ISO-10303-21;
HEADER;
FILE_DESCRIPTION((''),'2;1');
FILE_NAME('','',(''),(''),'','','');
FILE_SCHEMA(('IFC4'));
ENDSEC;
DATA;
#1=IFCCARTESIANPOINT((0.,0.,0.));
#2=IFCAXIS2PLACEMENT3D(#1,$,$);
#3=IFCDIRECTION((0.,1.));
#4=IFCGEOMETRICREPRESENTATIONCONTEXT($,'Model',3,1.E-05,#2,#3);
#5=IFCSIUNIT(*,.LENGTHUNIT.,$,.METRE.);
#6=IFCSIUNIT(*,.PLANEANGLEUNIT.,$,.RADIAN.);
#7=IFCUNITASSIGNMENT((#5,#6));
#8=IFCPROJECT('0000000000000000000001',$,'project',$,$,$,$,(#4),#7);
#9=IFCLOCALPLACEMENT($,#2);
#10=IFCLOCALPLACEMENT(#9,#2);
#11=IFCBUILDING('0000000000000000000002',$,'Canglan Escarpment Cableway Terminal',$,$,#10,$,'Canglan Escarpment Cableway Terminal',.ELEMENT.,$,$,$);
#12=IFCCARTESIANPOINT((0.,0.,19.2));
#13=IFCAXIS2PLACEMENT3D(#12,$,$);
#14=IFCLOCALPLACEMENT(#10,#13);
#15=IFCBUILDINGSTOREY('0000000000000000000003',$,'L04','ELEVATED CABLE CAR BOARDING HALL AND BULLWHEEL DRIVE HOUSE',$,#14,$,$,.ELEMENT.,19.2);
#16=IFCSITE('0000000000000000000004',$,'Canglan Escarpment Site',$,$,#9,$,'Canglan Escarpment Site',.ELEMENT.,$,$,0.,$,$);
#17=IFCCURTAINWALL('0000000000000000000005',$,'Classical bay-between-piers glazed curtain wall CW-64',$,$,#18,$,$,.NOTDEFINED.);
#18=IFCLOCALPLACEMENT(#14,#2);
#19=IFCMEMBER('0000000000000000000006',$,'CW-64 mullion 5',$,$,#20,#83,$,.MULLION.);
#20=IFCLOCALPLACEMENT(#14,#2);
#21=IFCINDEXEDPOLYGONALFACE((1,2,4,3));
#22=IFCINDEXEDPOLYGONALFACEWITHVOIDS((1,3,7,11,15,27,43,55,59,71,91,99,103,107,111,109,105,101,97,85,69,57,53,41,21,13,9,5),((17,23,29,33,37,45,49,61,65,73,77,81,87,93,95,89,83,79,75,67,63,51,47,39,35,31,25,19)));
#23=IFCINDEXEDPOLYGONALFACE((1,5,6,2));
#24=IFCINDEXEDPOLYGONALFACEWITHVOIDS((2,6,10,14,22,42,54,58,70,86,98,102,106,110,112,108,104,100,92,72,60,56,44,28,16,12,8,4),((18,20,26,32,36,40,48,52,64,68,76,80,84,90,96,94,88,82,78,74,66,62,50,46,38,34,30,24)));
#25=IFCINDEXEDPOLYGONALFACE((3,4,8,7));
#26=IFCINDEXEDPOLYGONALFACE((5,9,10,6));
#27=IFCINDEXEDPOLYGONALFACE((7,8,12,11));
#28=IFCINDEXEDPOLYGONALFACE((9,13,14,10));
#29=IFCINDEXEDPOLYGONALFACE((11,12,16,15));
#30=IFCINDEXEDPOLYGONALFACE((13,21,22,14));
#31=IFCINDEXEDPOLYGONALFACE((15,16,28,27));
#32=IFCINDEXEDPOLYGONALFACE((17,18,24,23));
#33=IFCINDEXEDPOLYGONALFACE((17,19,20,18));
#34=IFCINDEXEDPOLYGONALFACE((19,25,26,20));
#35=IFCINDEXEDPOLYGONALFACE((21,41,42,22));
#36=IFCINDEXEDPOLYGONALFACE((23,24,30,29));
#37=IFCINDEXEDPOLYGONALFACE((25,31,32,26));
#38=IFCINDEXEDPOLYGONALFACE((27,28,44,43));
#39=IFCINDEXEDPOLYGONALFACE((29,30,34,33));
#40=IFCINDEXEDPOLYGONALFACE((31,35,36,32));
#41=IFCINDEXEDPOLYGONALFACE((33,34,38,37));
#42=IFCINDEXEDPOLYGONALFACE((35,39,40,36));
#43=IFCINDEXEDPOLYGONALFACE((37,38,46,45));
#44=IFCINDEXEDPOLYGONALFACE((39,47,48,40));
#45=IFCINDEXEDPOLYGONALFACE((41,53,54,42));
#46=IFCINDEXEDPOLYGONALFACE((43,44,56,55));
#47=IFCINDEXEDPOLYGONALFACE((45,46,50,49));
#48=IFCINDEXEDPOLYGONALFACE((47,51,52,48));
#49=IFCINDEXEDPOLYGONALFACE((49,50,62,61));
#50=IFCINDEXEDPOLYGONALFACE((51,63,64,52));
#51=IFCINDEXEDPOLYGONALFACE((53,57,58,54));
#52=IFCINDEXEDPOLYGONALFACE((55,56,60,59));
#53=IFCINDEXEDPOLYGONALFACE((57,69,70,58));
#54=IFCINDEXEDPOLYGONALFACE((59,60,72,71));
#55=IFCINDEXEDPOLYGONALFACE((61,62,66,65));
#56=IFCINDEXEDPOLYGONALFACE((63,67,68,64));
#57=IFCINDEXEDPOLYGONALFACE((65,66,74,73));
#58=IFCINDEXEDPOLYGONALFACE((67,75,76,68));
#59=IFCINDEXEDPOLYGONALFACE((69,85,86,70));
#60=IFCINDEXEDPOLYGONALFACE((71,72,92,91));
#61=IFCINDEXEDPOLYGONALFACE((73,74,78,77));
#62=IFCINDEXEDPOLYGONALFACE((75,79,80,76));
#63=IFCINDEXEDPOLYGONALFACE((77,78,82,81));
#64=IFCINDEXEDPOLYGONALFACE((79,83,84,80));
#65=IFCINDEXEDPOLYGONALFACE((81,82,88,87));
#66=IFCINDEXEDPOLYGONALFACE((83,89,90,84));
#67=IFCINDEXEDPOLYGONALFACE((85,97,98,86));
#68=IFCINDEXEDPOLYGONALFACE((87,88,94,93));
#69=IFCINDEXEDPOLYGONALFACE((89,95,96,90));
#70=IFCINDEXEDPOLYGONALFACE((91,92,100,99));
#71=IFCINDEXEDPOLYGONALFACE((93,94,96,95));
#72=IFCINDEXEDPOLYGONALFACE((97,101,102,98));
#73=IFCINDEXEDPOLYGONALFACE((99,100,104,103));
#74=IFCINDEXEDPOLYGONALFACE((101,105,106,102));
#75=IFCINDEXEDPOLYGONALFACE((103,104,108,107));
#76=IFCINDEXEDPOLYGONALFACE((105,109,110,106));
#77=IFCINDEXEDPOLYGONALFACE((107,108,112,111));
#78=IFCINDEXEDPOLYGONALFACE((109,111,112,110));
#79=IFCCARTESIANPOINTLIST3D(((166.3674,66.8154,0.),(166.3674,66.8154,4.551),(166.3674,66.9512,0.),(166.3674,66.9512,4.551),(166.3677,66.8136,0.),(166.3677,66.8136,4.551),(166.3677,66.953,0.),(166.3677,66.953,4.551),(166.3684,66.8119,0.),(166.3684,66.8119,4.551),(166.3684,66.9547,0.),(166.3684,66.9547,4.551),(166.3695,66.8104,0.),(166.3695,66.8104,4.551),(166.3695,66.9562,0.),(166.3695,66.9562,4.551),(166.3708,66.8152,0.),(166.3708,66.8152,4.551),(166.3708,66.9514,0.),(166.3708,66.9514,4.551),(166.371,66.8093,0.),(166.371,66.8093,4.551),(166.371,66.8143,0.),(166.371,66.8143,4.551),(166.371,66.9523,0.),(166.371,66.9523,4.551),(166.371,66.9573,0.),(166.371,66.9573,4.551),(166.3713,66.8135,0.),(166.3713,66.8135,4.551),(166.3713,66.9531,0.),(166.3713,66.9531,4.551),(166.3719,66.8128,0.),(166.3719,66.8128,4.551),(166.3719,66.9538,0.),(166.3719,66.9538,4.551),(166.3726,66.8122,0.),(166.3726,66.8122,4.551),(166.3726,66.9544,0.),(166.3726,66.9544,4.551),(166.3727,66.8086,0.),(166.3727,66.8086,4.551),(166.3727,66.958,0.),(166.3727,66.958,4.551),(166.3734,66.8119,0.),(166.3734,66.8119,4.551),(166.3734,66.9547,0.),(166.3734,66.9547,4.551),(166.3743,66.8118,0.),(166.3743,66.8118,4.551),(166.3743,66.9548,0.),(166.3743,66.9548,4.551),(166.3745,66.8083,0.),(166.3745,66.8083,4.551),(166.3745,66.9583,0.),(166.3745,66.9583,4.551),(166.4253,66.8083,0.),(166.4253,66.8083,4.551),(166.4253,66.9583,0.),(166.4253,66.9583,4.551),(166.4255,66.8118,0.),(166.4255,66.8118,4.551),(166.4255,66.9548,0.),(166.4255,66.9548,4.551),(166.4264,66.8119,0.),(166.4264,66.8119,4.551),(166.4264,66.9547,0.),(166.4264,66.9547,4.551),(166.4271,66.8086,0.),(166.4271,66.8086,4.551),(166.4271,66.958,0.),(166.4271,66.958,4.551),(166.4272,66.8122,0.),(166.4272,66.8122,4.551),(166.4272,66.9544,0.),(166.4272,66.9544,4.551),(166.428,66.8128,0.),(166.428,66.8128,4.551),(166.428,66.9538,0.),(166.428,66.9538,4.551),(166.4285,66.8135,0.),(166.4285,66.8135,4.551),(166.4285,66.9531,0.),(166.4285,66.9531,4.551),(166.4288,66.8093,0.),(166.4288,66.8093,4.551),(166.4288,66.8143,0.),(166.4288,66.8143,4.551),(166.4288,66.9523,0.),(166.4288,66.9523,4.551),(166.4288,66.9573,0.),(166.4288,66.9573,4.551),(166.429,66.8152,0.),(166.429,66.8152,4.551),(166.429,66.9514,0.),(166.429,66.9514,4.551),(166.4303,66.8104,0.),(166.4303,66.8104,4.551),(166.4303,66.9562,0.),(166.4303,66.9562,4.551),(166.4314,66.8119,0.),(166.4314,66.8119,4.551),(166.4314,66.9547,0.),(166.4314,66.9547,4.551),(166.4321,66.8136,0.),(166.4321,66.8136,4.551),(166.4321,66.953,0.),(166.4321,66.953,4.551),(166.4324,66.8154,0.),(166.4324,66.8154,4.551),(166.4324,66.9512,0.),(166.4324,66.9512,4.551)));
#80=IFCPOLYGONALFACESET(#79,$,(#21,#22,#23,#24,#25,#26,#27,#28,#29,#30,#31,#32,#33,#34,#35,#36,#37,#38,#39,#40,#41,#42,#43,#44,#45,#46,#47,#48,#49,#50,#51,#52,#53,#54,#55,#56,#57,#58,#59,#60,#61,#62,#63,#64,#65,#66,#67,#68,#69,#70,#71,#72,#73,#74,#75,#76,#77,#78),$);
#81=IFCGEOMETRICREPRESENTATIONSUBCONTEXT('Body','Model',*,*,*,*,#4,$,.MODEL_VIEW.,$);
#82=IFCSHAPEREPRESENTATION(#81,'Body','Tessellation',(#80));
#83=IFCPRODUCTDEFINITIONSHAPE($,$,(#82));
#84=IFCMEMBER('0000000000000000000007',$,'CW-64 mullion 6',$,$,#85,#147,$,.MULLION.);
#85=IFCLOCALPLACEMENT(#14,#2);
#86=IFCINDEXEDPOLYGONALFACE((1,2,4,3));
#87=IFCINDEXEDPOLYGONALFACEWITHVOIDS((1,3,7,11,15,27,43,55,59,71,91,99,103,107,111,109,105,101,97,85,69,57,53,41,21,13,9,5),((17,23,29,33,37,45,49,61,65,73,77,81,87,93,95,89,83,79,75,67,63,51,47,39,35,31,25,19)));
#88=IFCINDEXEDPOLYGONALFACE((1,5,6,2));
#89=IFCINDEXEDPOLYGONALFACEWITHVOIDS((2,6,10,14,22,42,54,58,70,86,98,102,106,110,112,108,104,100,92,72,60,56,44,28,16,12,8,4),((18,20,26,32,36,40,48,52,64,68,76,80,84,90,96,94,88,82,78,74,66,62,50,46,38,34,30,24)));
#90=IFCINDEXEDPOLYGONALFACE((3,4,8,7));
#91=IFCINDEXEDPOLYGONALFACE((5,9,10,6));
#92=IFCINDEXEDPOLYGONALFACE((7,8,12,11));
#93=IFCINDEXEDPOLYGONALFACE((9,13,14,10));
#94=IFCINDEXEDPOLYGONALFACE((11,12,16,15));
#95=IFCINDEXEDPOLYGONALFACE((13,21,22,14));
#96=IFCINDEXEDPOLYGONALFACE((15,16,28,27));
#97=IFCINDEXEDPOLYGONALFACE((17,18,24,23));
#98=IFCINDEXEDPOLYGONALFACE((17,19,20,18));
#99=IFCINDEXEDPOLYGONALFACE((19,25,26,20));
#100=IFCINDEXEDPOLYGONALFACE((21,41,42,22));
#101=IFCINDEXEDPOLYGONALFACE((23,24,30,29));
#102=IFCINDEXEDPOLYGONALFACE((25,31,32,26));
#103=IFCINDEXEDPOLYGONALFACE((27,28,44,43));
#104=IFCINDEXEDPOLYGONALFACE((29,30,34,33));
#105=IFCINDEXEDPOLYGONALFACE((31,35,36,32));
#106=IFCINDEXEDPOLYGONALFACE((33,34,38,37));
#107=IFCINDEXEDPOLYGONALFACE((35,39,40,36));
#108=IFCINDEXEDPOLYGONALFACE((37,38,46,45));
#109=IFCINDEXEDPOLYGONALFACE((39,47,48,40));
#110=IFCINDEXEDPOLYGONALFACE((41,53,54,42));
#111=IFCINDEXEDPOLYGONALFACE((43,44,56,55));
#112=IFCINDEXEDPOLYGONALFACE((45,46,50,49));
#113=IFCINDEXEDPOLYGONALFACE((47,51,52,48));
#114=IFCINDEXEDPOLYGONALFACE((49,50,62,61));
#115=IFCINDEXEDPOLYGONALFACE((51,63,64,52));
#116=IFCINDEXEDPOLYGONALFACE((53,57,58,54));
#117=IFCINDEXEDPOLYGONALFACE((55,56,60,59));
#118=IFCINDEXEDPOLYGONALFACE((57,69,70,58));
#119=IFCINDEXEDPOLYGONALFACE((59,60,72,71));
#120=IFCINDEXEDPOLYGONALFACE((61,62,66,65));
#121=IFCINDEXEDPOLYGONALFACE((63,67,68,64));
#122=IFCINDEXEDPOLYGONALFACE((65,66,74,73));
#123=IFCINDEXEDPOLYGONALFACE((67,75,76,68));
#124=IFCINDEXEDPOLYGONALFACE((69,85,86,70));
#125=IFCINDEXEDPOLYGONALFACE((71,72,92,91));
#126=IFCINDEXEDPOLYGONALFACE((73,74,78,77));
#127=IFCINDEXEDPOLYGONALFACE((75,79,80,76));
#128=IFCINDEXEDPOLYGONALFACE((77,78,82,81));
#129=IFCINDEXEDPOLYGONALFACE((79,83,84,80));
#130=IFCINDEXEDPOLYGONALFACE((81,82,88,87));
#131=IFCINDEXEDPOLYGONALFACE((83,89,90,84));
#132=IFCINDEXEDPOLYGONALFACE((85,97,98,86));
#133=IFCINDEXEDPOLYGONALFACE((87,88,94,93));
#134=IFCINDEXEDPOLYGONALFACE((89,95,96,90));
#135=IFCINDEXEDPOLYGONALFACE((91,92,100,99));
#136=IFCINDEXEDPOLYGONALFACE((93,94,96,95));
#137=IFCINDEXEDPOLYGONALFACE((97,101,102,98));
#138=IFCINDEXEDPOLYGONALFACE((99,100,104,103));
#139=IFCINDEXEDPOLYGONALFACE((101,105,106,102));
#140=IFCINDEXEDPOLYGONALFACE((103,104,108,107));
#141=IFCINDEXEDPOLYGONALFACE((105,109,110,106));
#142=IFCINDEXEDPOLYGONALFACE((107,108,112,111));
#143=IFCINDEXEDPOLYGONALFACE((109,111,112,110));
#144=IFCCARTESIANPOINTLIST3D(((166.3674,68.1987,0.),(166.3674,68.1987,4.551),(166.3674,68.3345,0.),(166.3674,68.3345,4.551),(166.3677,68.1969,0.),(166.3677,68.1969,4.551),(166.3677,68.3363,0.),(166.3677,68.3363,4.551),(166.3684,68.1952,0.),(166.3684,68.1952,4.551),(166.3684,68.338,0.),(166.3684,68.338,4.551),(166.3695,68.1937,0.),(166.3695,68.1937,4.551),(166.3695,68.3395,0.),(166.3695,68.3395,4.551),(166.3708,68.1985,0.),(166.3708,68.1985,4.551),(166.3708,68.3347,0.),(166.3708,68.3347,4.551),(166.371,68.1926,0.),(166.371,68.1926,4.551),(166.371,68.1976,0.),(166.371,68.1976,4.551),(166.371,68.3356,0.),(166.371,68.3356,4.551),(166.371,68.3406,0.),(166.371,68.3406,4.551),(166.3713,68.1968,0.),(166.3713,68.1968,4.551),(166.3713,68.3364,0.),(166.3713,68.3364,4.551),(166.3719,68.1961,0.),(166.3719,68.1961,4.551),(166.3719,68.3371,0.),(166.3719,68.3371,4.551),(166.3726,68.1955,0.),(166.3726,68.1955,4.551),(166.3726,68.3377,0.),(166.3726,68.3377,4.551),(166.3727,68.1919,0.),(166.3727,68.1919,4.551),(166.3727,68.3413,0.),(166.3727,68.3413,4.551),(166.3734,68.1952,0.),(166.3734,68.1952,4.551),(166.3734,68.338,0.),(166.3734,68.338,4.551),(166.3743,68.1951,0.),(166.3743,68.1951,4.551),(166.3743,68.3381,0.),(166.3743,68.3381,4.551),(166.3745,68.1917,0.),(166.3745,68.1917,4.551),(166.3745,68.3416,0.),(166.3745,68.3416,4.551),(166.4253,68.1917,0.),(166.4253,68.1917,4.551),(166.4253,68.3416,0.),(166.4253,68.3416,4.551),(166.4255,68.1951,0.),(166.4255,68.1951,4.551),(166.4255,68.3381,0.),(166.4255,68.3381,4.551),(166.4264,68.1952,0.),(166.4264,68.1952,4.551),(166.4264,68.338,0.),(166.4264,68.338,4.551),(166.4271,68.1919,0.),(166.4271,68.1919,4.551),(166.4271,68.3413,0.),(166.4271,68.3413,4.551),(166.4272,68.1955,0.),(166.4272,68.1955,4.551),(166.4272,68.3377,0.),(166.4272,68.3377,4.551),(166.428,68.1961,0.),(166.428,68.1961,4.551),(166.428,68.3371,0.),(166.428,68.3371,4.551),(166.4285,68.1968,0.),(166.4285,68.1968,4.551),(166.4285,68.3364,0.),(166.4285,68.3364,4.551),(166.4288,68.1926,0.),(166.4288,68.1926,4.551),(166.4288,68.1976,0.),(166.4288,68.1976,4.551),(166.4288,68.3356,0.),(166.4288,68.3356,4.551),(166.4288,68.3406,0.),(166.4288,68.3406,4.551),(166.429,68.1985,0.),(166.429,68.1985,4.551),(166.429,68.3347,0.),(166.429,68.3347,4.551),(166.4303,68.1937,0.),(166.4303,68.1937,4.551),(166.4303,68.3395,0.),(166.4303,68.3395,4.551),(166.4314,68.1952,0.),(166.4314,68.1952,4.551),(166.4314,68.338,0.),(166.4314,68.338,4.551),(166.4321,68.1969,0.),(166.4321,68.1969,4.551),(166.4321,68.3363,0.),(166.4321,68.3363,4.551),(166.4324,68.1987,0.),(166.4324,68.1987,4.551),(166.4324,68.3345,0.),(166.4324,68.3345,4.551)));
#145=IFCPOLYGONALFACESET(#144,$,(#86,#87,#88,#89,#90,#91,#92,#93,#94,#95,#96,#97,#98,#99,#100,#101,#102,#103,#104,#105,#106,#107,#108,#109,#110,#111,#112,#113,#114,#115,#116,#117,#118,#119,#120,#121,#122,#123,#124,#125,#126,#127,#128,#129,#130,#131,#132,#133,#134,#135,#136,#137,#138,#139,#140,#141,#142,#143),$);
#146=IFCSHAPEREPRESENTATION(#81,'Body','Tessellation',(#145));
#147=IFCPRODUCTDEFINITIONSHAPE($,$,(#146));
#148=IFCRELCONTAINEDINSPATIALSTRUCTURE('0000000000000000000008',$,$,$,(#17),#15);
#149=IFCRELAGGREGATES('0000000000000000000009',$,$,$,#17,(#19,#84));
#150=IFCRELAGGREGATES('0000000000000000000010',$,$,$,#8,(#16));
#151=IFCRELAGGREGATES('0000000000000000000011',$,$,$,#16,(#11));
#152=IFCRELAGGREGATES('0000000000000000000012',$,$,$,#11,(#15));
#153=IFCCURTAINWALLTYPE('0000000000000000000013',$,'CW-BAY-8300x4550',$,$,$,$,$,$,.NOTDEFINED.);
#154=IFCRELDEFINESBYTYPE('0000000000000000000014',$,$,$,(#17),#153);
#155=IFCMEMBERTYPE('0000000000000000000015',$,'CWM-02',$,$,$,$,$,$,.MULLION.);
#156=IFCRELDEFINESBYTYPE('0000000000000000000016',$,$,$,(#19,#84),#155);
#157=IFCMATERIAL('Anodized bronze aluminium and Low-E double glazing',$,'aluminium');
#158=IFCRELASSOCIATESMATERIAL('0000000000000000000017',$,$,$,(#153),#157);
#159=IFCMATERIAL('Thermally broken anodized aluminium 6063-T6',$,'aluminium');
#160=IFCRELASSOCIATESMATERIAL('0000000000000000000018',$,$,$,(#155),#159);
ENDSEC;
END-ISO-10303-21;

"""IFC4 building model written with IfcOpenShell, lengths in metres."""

from ifc_helpers import new_model, si_unit, direction, frame, origin, origin_2d, place, context, subcontext, project, spatial, hollow_rectangle, extrude, material, material_profile, profile_set, type_object, element, aggregate, save


model = new_model("IFC4")

# Units and contexts
model_context = context("Model", 3, precision=1e-05, world=origin(), true_north=direction((0.0, 1.0)))
body_context = subcontext(model_context, "Body", "Model", "MODEL_VIEW")
ifc_project = project(units=[si_unit("LENGTHUNIT", "METRE"), si_unit("PLANEANGLEUNIT", "RADIAN")], contexts=[model_context])

# Site, building, storey
site_placement = place(None, origin())
site = spatial("IfcSite", under=ifc_project, at=site_placement, Name="Canglan Escarpment Site", LongName="Canglan Escarpment Site", CompositionType="ELEMENT", RefElevation=0.0)
building_placement = place(site_placement, origin())
building = spatial("IfcBuilding", under=site, at=building_placement, Name="Canglan Escarpment Cableway Terminal", LongName="Canglan Escarpment Cableway Terminal", CompositionType="ELEMENT")
storey_placement = place(building_placement, frame((0.0, 0.0, 19.2)))
storey = spatial("IfcBuildingStorey", under=building, at=storey_placement, Name="L04", Description="ELEVATED CABLE CAR BOARDING HALL AND BULLWHEEL DRIVE HOUSE", CompositionType="ELEMENT", Elevation=19.2)

# Curtain wall, members
ifc_material_1 = material(Name="Anodized bronze aluminium and Low-E double glazing", Category="aluminium")
curtain_wall_type = type_object("IfcCurtainWallType", Name="CW-BAY-8300x4550", PredefinedType="NOTDEFINED", material=ifc_material_1)
curtain_wall_1_placement = place(storey_placement, origin())
curtain_wall_1 = element("IfcCurtainWall", 1, at=curtain_wall_1_placement, inside=storey, type_object=curtain_wall_type, Name="Classical bay-between-piers glazed curtain wall CW-64", PredefinedType="NOTDEFINED")
ifc_material_2 = material(Name="Thermally broken anodized aluminium 6063-T6", Category="aluminium")
ifc_material_profile_1 = material_profile(ifc_material_2, hollow_rectangle(XDim=0.0649, YDim=0.1499, WallThickness=0.0034, InnerFilletRadius=0.0034, OuterFilletRadius=0.0071, at=origin_2d()), Name="ALU-MULL 65x150x3.5")
ifc_profile_set_1 = profile_set([ifc_material_profile_1], Name="Thermally broken anodized aluminium 6063-T6")
member_type_1 = type_object("IfcMemberType", Name="CWM-02", PredefinedType="MULLION", material=ifc_profile_set_1)
member_1_placement = place(storey_placement, frame((166.3999, 66.8833, 0.0), z_axis=(0.0, 0.0, 1.0), x_axis=(-1.0, 0.0, 0.0)))
member_1 = element("IfcMember", 2, at=member_1_placement, type_object=member_type_1, Name="CW-64 mullion 5", PredefinedType="MULLION", context=body_context, shape_type="SweptSolid", body=[
    extrude(hollow_rectangle(XDim=0.0649, YDim=0.1499, WallThickness=0.0034, InnerFilletRadius=0.0034, OuterFilletRadius=0.0071, at=origin_2d()), origin(), (0.0, 0.0, 1.0), 4.551),
])
member_2_placement = place(storey_placement, frame((166.3999, 68.2666, 0.0), z_axis=(0.0, 0.0, 1.0), x_axis=(-1.0, 0.0, 0.0)))
member_2 = element("IfcMember", 3, at=member_2_placement, type_object=member_type_1, Name="CW-64 mullion 6", PredefinedType="MULLION", context=body_context, shape_type="SweptSolid", body=[
    extrude(hollow_rectangle(XDim=0.0649, YDim=0.1499, WallThickness=0.0034, InnerFilletRadius=0.0034, OuterFilletRadius=0.0071, at=origin_2d()), origin(), (0.0, 0.0, 1.0), 4.551),
])

aggregate(curtain_wall_1, [member_1, member_2])

save(model, "model.ifc")
